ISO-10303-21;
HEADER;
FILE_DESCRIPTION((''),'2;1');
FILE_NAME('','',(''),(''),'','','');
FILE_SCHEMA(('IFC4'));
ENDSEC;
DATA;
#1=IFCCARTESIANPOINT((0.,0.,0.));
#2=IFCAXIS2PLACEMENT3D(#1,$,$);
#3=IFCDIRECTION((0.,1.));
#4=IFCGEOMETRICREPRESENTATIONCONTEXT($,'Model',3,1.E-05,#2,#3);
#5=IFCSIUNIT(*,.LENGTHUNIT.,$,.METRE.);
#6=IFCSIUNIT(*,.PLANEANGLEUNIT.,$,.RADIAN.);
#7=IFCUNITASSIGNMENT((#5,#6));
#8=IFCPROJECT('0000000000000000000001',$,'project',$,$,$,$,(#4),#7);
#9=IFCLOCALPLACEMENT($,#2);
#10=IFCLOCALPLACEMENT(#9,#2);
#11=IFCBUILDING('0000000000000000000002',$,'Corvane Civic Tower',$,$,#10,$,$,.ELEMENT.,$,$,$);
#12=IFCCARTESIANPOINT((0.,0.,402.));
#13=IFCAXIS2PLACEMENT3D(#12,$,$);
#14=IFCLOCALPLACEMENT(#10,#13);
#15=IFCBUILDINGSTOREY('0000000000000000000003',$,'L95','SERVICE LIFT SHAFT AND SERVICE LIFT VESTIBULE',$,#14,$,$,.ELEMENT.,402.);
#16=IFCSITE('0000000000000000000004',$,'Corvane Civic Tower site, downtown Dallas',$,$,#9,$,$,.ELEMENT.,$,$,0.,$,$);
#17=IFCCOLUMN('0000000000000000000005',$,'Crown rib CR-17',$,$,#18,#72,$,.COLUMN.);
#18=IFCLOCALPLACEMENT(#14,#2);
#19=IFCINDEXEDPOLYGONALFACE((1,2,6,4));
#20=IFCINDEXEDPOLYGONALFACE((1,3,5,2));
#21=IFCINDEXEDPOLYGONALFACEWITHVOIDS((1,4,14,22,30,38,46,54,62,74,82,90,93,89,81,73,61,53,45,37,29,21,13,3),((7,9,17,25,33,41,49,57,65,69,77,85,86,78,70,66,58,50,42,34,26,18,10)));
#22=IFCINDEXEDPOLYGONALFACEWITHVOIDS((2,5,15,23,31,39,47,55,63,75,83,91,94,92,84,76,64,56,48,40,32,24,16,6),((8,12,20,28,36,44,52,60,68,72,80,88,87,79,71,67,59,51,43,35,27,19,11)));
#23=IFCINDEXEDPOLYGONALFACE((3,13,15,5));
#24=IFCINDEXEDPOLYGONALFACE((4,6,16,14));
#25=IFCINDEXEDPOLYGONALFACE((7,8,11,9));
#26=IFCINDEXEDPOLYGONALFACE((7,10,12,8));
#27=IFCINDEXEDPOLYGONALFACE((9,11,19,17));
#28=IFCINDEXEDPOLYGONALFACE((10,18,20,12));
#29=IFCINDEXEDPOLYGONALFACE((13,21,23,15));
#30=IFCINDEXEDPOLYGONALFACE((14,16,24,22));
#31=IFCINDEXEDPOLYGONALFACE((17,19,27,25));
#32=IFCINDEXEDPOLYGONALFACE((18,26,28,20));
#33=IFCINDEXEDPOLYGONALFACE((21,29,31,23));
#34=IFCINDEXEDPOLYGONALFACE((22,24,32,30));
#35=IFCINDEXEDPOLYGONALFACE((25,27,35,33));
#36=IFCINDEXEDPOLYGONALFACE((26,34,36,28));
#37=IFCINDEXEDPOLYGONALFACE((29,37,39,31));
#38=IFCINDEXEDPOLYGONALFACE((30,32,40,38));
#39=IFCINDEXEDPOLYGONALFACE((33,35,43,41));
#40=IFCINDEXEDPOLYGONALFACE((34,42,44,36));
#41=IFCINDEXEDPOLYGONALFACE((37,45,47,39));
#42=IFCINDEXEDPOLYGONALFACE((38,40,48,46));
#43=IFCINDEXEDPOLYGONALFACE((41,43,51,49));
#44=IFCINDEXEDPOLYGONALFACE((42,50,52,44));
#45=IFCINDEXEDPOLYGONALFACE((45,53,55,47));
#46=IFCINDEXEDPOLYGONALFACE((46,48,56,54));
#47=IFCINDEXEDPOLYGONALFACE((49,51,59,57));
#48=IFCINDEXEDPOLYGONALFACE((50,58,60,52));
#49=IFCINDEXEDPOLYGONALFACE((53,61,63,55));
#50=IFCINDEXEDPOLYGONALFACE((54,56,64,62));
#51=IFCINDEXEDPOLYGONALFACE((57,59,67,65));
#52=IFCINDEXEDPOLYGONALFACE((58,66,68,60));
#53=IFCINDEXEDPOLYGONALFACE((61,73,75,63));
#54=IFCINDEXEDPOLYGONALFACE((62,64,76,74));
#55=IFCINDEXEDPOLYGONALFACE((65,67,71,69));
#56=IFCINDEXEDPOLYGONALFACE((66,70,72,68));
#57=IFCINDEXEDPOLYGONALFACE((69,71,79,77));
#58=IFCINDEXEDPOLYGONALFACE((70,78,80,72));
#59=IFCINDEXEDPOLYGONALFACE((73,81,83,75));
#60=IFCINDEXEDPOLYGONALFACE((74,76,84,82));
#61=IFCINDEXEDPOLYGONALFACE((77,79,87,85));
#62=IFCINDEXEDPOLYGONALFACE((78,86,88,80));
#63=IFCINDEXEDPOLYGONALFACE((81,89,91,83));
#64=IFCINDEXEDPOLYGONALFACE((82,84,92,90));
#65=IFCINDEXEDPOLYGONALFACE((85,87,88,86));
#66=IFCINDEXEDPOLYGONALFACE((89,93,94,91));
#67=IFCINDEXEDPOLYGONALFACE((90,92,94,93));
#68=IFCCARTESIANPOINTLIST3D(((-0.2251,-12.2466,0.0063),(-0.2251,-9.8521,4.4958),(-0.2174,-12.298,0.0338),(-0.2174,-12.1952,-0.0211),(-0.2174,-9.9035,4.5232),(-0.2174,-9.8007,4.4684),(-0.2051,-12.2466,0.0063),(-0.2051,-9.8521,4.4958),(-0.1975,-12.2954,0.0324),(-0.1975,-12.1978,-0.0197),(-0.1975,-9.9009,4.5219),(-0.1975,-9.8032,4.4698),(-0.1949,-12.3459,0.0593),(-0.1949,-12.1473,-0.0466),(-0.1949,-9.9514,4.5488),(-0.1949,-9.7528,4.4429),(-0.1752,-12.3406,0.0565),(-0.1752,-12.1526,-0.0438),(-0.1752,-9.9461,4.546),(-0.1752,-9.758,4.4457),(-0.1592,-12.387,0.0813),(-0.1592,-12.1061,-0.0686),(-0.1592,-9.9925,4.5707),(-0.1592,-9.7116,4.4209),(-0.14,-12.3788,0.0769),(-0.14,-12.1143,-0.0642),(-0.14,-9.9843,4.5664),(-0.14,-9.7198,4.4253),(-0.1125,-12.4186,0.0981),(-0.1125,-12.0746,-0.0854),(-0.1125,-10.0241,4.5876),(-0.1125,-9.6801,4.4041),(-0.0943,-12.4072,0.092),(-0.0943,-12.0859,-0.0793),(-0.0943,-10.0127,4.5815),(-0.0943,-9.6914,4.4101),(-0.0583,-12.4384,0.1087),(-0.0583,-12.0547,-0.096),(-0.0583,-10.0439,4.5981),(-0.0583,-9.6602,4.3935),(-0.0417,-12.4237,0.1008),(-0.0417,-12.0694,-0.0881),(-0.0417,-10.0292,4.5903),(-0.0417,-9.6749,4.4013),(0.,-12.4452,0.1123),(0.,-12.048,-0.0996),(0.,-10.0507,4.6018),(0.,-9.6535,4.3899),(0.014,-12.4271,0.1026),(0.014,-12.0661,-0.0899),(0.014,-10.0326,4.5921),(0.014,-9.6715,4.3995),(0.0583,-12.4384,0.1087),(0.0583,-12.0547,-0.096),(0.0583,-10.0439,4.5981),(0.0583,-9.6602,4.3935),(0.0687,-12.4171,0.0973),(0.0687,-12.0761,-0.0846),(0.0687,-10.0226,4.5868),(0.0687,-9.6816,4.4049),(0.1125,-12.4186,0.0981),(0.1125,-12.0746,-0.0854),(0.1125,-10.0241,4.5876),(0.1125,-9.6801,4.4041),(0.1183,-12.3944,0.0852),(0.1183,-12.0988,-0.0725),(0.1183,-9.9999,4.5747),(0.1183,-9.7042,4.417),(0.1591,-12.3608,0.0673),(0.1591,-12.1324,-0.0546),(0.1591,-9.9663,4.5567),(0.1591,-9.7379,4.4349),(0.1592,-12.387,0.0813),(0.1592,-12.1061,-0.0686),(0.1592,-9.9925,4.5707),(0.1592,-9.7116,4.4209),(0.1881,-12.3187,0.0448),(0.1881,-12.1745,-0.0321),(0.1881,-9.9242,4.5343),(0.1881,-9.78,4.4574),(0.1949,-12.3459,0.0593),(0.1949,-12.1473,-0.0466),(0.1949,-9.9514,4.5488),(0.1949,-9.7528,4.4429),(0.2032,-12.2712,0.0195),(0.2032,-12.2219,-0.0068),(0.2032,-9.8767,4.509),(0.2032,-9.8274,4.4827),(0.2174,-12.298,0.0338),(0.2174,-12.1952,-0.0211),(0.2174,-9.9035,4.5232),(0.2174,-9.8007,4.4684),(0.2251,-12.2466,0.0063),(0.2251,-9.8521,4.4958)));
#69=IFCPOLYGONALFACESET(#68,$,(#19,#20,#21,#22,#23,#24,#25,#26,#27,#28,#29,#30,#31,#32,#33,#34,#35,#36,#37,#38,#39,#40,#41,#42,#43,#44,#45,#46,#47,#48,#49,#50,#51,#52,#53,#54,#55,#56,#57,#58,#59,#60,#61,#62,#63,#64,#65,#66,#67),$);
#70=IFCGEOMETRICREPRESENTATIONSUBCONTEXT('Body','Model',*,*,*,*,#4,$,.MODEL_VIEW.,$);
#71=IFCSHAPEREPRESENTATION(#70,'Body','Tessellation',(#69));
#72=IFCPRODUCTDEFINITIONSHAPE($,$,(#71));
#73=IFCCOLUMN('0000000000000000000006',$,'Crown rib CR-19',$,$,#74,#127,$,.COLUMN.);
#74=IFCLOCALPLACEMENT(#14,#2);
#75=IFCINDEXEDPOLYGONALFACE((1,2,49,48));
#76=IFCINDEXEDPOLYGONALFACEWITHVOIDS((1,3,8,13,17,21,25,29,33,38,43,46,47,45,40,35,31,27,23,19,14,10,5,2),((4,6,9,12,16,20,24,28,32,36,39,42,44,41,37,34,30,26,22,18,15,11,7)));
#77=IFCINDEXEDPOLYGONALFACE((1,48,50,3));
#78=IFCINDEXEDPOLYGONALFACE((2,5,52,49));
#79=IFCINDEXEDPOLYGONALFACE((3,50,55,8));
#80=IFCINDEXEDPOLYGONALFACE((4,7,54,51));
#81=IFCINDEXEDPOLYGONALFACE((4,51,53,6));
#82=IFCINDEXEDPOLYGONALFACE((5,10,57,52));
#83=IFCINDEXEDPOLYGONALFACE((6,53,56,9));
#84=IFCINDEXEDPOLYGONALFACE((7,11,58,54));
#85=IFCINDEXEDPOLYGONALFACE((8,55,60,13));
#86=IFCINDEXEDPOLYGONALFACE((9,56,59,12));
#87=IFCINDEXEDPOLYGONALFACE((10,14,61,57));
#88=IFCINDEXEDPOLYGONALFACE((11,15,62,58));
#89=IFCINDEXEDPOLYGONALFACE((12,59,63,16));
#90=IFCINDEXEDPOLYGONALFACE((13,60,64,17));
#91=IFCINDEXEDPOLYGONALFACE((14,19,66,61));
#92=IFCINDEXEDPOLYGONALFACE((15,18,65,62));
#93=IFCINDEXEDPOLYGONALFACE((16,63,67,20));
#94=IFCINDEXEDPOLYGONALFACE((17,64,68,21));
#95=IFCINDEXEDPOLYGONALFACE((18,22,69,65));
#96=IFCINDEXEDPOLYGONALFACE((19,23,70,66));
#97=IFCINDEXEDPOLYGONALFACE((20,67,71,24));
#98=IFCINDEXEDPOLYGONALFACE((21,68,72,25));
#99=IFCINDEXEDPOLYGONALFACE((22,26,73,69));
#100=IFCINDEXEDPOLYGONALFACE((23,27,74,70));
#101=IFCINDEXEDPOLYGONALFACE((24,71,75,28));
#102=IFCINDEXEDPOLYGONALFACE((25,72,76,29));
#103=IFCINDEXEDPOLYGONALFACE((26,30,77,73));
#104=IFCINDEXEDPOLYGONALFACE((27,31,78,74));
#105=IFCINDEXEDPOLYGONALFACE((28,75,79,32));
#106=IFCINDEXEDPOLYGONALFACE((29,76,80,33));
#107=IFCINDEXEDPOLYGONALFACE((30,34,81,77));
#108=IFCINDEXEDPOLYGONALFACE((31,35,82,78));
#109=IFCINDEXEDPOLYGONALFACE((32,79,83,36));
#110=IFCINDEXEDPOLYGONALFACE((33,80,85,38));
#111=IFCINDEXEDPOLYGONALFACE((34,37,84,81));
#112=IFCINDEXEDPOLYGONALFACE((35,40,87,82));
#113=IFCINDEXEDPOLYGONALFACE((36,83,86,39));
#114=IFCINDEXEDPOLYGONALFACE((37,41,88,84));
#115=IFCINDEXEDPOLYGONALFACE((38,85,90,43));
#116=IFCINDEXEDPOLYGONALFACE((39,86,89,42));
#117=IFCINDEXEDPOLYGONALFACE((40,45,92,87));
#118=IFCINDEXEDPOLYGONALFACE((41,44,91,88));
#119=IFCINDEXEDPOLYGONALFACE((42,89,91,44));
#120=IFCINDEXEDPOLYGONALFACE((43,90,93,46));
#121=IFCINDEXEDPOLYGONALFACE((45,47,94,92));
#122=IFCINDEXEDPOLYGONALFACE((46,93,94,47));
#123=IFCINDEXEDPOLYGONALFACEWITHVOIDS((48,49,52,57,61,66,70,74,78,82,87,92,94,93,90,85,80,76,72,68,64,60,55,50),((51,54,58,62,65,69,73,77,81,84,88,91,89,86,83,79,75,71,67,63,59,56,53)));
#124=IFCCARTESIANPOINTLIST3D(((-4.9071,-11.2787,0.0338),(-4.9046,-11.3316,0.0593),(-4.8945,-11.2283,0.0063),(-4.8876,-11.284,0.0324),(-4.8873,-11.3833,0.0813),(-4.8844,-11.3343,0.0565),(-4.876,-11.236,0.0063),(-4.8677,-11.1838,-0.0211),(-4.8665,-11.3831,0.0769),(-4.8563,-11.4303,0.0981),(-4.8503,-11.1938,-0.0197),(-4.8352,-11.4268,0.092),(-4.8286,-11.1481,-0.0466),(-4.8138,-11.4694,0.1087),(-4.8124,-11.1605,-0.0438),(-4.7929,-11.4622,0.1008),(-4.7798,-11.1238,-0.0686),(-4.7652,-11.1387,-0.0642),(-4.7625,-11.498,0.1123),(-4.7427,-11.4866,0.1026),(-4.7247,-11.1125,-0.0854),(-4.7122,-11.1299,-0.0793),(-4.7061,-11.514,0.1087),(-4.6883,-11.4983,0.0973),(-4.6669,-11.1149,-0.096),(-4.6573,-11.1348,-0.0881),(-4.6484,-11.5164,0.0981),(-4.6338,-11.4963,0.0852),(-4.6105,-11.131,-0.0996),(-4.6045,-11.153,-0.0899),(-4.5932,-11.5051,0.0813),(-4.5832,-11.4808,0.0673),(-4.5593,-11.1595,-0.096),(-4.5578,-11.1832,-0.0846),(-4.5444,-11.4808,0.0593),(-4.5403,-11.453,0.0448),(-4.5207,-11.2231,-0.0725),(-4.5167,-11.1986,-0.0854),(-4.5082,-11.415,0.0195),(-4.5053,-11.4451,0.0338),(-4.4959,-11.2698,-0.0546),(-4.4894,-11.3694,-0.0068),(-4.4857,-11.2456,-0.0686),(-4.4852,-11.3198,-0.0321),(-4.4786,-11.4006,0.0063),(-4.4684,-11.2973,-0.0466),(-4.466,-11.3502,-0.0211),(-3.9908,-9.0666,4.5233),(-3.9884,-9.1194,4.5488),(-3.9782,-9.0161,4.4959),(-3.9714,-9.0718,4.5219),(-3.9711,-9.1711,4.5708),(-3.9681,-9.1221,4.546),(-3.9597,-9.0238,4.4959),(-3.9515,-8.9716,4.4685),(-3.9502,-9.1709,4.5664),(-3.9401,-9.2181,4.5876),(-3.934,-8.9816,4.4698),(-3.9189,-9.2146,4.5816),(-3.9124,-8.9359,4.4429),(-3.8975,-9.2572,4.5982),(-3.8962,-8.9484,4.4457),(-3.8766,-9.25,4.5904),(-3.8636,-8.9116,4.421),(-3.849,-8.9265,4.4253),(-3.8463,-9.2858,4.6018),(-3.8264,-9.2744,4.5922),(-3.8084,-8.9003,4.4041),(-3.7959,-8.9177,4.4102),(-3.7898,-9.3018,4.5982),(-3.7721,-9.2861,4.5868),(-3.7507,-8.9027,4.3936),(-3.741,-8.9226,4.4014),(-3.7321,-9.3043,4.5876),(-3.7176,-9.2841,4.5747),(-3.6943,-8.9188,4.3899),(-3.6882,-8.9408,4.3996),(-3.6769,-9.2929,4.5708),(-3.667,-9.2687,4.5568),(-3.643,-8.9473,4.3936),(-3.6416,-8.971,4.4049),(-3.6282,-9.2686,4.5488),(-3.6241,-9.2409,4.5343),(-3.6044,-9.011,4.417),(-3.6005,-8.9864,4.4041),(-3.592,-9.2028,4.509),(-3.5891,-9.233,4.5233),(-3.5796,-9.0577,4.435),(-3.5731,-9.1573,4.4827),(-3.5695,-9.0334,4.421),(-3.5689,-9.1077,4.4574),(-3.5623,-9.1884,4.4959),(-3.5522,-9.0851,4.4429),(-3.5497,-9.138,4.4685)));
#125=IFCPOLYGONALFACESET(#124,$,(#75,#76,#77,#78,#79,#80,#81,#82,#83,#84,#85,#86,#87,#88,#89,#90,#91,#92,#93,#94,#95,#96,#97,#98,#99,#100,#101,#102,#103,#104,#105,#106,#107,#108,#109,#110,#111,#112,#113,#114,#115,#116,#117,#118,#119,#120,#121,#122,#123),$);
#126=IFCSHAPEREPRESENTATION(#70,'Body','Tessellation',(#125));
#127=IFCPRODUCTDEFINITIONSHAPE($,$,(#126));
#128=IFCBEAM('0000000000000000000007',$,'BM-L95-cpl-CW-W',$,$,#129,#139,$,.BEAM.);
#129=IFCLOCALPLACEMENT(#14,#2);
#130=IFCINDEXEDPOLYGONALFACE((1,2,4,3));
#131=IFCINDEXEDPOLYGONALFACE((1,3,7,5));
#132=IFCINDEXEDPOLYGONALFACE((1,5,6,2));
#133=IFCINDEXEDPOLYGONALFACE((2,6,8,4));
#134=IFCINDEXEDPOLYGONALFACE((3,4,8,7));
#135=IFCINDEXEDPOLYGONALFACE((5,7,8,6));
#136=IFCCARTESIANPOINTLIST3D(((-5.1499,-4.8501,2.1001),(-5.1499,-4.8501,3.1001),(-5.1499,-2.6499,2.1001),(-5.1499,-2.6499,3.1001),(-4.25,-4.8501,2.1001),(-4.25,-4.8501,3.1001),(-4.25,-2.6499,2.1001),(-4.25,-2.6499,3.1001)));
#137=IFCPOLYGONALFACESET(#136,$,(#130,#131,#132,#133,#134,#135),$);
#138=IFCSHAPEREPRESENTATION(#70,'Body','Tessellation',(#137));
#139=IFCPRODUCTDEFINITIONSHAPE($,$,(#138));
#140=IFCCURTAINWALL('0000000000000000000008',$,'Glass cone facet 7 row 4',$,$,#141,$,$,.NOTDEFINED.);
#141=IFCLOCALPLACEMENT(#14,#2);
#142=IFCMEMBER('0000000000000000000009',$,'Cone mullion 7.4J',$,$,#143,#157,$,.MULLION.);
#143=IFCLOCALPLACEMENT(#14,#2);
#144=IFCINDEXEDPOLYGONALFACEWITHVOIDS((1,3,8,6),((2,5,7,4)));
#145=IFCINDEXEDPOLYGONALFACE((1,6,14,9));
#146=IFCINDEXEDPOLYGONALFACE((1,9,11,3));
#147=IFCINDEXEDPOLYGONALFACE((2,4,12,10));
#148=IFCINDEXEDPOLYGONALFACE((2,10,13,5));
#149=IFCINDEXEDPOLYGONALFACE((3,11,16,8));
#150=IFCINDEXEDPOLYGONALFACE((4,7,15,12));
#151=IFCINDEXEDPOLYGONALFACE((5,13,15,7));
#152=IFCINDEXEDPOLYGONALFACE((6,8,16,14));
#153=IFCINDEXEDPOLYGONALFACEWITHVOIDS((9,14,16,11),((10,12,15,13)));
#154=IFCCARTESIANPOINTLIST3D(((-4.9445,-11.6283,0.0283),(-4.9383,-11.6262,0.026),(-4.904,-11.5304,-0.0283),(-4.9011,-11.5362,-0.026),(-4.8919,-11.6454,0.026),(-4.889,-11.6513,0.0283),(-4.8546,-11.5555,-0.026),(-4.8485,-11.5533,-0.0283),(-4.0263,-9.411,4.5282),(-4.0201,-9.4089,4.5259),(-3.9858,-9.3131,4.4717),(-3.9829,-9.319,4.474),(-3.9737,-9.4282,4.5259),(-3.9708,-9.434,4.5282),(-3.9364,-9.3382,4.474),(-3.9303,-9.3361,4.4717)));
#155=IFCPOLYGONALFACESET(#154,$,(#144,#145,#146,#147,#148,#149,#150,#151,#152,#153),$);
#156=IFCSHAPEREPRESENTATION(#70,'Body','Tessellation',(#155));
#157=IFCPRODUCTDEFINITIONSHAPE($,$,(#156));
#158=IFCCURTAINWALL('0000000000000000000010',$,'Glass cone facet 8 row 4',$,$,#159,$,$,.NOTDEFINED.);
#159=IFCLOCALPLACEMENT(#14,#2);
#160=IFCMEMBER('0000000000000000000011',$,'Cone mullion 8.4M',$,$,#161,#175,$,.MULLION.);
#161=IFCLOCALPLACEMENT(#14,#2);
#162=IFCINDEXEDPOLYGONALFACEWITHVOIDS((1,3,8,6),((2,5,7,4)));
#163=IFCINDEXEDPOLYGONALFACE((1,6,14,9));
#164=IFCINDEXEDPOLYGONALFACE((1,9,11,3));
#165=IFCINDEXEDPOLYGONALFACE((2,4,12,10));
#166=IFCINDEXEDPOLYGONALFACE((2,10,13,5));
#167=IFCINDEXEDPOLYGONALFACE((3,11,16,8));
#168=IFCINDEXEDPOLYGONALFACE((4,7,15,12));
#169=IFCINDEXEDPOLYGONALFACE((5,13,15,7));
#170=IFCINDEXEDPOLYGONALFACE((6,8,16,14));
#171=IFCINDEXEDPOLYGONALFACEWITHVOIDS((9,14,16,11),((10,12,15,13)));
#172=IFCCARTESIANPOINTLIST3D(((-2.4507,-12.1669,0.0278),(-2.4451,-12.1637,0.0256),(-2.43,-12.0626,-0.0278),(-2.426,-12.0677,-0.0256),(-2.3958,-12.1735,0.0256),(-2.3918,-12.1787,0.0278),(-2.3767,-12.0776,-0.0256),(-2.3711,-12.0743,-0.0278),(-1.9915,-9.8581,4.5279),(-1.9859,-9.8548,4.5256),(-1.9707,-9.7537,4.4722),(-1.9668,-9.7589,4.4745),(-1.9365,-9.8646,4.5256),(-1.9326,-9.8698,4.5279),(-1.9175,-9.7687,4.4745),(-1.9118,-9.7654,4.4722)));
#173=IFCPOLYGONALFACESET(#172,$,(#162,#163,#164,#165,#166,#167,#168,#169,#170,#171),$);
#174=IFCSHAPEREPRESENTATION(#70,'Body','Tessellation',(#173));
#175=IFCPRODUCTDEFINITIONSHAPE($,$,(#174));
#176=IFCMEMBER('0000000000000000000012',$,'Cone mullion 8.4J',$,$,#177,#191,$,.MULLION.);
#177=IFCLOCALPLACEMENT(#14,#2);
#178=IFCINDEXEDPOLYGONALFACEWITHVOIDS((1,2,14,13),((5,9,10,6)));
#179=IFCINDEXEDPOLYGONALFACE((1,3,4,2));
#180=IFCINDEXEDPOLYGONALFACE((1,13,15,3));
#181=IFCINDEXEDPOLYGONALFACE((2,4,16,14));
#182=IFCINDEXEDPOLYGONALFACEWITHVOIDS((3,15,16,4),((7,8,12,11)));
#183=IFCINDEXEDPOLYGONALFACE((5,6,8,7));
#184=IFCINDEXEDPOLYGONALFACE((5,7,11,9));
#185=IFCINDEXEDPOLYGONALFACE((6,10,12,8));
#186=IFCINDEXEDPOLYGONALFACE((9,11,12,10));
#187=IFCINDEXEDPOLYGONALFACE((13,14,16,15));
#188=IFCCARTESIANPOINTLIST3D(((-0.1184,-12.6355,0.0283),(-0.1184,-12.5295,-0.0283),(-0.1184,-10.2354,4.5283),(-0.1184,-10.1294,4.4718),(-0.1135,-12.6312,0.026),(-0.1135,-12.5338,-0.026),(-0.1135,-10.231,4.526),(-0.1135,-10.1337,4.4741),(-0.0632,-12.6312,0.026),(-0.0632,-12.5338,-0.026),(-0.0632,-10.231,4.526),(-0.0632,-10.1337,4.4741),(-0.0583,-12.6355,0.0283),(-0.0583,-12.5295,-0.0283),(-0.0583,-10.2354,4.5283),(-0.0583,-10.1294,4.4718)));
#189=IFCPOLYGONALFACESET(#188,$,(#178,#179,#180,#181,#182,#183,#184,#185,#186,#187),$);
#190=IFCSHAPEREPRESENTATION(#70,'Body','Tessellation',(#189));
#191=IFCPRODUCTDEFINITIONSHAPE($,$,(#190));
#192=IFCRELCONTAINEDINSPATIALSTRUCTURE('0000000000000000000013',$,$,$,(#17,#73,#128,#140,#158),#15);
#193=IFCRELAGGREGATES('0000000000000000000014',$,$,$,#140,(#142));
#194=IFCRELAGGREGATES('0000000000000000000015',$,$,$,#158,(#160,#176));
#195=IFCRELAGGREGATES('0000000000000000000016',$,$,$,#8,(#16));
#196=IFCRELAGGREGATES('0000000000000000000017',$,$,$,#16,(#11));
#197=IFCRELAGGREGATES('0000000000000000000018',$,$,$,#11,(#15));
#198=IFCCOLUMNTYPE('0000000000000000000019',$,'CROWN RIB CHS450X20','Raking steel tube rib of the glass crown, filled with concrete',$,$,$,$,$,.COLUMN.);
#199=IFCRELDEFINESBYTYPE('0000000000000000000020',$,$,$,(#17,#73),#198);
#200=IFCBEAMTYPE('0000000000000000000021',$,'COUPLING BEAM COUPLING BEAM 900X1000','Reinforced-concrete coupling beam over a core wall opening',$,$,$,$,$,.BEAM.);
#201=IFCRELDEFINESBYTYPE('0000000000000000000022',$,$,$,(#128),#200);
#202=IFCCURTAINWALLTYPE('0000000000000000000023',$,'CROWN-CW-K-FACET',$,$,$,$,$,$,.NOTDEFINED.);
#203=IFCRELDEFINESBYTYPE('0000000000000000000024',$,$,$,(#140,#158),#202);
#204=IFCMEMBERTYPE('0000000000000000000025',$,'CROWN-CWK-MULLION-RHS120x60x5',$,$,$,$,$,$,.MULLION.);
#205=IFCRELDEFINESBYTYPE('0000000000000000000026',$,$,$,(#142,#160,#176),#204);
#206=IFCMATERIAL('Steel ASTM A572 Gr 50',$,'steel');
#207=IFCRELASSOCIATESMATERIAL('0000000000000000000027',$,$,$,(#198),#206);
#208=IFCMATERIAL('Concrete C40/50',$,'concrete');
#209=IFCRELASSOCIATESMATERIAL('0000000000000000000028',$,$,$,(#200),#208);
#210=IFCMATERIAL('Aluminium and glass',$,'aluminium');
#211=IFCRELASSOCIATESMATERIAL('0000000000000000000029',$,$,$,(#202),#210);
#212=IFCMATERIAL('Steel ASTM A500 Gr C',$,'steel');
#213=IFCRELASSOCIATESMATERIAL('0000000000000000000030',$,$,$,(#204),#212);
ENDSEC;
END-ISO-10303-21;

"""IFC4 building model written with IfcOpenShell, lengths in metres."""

from ifc_helpers import new_model, si_unit, direction, frame, origin, origin_2d, place, context, subcontext, project, spatial, rectangle, hollow_rectangle, hollow_circle, extrude, material, material_profile, profile_set, type_object, element, aggregate, save


model = new_model("IFC4")

# Units and contexts
model_context = context("Model", 3, precision=1e-05, world=origin(), true_north=direction((0.0, 1.0)))
body_context = subcontext(model_context, "Body", "Model", "MODEL_VIEW")
ifc_project = project(units=[si_unit("LENGTHUNIT", "METRE"), si_unit("PLANEANGLEUNIT", "RADIAN")], contexts=[model_context])

# Site, building, storey
site_placement = place(None, origin())
site = spatial("IfcSite", under=ifc_project, at=site_placement, Name="Corvane Civic Tower site, downtown Dallas", CompositionType="ELEMENT", RefElevation=0.0)
building_placement = place(site_placement, origin())
building = spatial("IfcBuilding", under=site, at=building_placement, Name="Corvane Civic Tower", CompositionType="ELEMENT")
storey_placement = place(building_placement, frame((0.0, 0.0, 402.0)))
storey = spatial("IfcBuildingStorey", under=building, at=storey_placement, Name="L95", Description="SERVICE LIFT SHAFT AND SERVICE LIFT VESTIBULE", CompositionType="ELEMENT", Elevation=402.0)

# Columns
ifc_material_1 = material(Name="Steel ASTM A572 Gr 50", Category="steel")
ifc_material_profile_1 = material_profile(ifc_material_1, hollow_circle(Radius=0.2251, WallThickness=0.02, at=origin_2d()), Name="CHS450X20")
ifc_profile_set_1 = profile_set([ifc_material_profile_1], Name="Steel ASTM A572 Gr 50")
column_type = type_object("IfcColumnType", Name="CROWN RIB CHS450X20", Description="Raking steel tube rib of the glass crown, filled with concrete", PredefinedType="COLUMN", material=ifc_profile_set_1)
for number, where, z_axis, x_axis, name in (
    (1, (0.0, -12.2466, 0.0063), (0.0, 0.470608, 0.882342), (-1.0, 0.0, 0.0), "Crown rib CR-17"),
    (2, (-4.6865, -11.3145, 0.0063), (0.180079, 0.434771, 0.882353), (-0.923886, 0.382667, 0.0), "Crown rib CR-19"),
):
    element("IfcColumn", number, at=place(storey_placement, frame(where, z_axis=z_axis, x_axis=x_axis)), inside=storey, type_object=column_type, Name=name, PredefinedType="COLUMN", context=body_context, shape_type="SweptSolid", body=[
        extrude(hollow_circle(Radius=0.2251, WallThickness=0.02, at=origin_2d()), origin(), (0.0, 0.0, 1.0), 5.0881),
    ])

# Beam
ifc_material_2 = material(Name="Concrete C40/50", Category="concrete")
ifc_material_profile_2 = material_profile(ifc_material_2, rectangle(XDim=0.8999, YDim=1.0, at=origin_2d()), Name="COUPLING BEAM 900X1000")
ifc_profile_set_2 = profile_set([ifc_material_profile_2], Name="Concrete C40/50")
beam_type_1 = type_object("IfcBeamType", Name="COUPLING BEAM COUPLING BEAM 900X1000", Description="Reinforced-concrete coupling beam over a core wall opening", PredefinedType="BEAM", material=ifc_profile_set_2)
beam_1_placement = place(storey_placement, frame((-4.7, -4.8501, 2.6001), z_axis=(0.0, 1.0, 0.0), x_axis=(-1.0, 0.0, 0.0)))
element("IfcBeam", 3, at=beam_1_placement, inside=storey, type_object=beam_type_1, Name="BM-L95-cpl-CW-W", PredefinedType="BEAM", context=body_context, shape_type="SweptSolid", body=[
    extrude(rectangle(XDim=0.8999, YDim=1.0, at=origin_2d()), origin(), (0.0, 0.0, 1.0), 2.2002),
])

# Curtain wall, member
ifc_material_3 = material(Name="Aluminium and glass", Category="aluminium")
curtain_wall_type = type_object("IfcCurtainWallType", Name="CROWN-CW-K-FACET", PredefinedType="NOTDEFINED", material=ifc_material_3)
curtain_wall_1_placement = place(storey_placement, origin())
curtain_wall_1 = element("IfcCurtainWall", 4, at=curtain_wall_1_placement, inside=storey, type_object=curtain_wall_type, Name="Glass cone facet 7 row 4", PredefinedType="NOTDEFINED")
ifc_material_4 = material(Name="Steel ASTM A500 Gr C", Category="steel")
ifc_material_profile_3 = material_profile(ifc_material_4, hollow_rectangle(XDim=0.0601, YDim=0.1201, WallThickness=0.0049, at=origin_2d()), Name="RHS 120x60x5")
ifc_profile_set_3 = profile_set([ifc_material_profile_3], Name="Steel ASTM A500 Gr C")
member_type_1 = type_object("IfcMemberType", Name="CROWN-CWK-MULLION-RHS120x60x5", PredefinedType="MULLION", material=ifc_profile_set_3)
member_1_placement = place(storey_placement, frame((-4.8965, -11.5908, 0.0), z_axis=(0.180044, 0.434766, 0.882362), x_axis=(-0.923911, 0.382606, 0.0)))
member_1 = element("IfcMember", 5, at=member_1_placement, type_object=member_type_1, Name="Cone mullion 7.4J", PredefinedType="MULLION", context=body_context, shape_type="SweptSolid", body=[
    extrude(hollow_rectangle(XDim=0.0601, YDim=0.1201, WallThickness=0.0049, at=origin_2d()), origin(), (0.0, 0.0, 1.0), 5.0999),
])
aggregate(curtain_wall_1, [member_1])

# Curtain wall, members
curtain_wall_2_placement = place(storey_placement, origin())
curtain_wall_2 = element("IfcCurtainWall", 6, at=curtain_wall_2_placement, inside=storey, type_object=curtain_wall_type, Name="Glass cone facet 8 row 4", PredefinedType="NOTDEFINED")
member_2_placement = place(storey_placement, frame((-2.4109, -12.1206, 0.0), z_axis=(0.090425, 0.454626, 0.88608), x_axis=(-0.980788, 0.195079, 0.0)))
member_2 = element("IfcMember", 7, at=member_2_placement, type_object=member_type_1, Name="Cone mullion 8.4M", PredefinedType="MULLION", context=body_context, shape_type="SweptSolid", body=[
    extrude(hollow_rectangle(XDim=0.0601, YDim=0.1201, WallThickness=0.0049, at=origin_2d()), origin(), (0.0, 0.0, 1.0), 5.0786),
])
member_3_placement = place(storey_placement, frame((-0.0884, -12.5825, 0.0), z_axis=(0.0, 0.470611, 0.882341), x_axis=(-1.0, 0.0, 0.0)))
member_3 = element("IfcMember", 8, at=member_3_placement, type_object=member_type_1, Name="Cone mullion 8.4J", PredefinedType="MULLION", context=body_context, shape_type="SweptSolid", body=[
    extrude(hollow_rectangle(XDim=0.0601, YDim=0.1201, WallThickness=0.0049, at=origin_2d()), origin(), (0.0, 0.0, 1.0), 5.1001),
])

aggregate(curtain_wall_2, [member_2, member_3])

save(model, "model.ifc")
